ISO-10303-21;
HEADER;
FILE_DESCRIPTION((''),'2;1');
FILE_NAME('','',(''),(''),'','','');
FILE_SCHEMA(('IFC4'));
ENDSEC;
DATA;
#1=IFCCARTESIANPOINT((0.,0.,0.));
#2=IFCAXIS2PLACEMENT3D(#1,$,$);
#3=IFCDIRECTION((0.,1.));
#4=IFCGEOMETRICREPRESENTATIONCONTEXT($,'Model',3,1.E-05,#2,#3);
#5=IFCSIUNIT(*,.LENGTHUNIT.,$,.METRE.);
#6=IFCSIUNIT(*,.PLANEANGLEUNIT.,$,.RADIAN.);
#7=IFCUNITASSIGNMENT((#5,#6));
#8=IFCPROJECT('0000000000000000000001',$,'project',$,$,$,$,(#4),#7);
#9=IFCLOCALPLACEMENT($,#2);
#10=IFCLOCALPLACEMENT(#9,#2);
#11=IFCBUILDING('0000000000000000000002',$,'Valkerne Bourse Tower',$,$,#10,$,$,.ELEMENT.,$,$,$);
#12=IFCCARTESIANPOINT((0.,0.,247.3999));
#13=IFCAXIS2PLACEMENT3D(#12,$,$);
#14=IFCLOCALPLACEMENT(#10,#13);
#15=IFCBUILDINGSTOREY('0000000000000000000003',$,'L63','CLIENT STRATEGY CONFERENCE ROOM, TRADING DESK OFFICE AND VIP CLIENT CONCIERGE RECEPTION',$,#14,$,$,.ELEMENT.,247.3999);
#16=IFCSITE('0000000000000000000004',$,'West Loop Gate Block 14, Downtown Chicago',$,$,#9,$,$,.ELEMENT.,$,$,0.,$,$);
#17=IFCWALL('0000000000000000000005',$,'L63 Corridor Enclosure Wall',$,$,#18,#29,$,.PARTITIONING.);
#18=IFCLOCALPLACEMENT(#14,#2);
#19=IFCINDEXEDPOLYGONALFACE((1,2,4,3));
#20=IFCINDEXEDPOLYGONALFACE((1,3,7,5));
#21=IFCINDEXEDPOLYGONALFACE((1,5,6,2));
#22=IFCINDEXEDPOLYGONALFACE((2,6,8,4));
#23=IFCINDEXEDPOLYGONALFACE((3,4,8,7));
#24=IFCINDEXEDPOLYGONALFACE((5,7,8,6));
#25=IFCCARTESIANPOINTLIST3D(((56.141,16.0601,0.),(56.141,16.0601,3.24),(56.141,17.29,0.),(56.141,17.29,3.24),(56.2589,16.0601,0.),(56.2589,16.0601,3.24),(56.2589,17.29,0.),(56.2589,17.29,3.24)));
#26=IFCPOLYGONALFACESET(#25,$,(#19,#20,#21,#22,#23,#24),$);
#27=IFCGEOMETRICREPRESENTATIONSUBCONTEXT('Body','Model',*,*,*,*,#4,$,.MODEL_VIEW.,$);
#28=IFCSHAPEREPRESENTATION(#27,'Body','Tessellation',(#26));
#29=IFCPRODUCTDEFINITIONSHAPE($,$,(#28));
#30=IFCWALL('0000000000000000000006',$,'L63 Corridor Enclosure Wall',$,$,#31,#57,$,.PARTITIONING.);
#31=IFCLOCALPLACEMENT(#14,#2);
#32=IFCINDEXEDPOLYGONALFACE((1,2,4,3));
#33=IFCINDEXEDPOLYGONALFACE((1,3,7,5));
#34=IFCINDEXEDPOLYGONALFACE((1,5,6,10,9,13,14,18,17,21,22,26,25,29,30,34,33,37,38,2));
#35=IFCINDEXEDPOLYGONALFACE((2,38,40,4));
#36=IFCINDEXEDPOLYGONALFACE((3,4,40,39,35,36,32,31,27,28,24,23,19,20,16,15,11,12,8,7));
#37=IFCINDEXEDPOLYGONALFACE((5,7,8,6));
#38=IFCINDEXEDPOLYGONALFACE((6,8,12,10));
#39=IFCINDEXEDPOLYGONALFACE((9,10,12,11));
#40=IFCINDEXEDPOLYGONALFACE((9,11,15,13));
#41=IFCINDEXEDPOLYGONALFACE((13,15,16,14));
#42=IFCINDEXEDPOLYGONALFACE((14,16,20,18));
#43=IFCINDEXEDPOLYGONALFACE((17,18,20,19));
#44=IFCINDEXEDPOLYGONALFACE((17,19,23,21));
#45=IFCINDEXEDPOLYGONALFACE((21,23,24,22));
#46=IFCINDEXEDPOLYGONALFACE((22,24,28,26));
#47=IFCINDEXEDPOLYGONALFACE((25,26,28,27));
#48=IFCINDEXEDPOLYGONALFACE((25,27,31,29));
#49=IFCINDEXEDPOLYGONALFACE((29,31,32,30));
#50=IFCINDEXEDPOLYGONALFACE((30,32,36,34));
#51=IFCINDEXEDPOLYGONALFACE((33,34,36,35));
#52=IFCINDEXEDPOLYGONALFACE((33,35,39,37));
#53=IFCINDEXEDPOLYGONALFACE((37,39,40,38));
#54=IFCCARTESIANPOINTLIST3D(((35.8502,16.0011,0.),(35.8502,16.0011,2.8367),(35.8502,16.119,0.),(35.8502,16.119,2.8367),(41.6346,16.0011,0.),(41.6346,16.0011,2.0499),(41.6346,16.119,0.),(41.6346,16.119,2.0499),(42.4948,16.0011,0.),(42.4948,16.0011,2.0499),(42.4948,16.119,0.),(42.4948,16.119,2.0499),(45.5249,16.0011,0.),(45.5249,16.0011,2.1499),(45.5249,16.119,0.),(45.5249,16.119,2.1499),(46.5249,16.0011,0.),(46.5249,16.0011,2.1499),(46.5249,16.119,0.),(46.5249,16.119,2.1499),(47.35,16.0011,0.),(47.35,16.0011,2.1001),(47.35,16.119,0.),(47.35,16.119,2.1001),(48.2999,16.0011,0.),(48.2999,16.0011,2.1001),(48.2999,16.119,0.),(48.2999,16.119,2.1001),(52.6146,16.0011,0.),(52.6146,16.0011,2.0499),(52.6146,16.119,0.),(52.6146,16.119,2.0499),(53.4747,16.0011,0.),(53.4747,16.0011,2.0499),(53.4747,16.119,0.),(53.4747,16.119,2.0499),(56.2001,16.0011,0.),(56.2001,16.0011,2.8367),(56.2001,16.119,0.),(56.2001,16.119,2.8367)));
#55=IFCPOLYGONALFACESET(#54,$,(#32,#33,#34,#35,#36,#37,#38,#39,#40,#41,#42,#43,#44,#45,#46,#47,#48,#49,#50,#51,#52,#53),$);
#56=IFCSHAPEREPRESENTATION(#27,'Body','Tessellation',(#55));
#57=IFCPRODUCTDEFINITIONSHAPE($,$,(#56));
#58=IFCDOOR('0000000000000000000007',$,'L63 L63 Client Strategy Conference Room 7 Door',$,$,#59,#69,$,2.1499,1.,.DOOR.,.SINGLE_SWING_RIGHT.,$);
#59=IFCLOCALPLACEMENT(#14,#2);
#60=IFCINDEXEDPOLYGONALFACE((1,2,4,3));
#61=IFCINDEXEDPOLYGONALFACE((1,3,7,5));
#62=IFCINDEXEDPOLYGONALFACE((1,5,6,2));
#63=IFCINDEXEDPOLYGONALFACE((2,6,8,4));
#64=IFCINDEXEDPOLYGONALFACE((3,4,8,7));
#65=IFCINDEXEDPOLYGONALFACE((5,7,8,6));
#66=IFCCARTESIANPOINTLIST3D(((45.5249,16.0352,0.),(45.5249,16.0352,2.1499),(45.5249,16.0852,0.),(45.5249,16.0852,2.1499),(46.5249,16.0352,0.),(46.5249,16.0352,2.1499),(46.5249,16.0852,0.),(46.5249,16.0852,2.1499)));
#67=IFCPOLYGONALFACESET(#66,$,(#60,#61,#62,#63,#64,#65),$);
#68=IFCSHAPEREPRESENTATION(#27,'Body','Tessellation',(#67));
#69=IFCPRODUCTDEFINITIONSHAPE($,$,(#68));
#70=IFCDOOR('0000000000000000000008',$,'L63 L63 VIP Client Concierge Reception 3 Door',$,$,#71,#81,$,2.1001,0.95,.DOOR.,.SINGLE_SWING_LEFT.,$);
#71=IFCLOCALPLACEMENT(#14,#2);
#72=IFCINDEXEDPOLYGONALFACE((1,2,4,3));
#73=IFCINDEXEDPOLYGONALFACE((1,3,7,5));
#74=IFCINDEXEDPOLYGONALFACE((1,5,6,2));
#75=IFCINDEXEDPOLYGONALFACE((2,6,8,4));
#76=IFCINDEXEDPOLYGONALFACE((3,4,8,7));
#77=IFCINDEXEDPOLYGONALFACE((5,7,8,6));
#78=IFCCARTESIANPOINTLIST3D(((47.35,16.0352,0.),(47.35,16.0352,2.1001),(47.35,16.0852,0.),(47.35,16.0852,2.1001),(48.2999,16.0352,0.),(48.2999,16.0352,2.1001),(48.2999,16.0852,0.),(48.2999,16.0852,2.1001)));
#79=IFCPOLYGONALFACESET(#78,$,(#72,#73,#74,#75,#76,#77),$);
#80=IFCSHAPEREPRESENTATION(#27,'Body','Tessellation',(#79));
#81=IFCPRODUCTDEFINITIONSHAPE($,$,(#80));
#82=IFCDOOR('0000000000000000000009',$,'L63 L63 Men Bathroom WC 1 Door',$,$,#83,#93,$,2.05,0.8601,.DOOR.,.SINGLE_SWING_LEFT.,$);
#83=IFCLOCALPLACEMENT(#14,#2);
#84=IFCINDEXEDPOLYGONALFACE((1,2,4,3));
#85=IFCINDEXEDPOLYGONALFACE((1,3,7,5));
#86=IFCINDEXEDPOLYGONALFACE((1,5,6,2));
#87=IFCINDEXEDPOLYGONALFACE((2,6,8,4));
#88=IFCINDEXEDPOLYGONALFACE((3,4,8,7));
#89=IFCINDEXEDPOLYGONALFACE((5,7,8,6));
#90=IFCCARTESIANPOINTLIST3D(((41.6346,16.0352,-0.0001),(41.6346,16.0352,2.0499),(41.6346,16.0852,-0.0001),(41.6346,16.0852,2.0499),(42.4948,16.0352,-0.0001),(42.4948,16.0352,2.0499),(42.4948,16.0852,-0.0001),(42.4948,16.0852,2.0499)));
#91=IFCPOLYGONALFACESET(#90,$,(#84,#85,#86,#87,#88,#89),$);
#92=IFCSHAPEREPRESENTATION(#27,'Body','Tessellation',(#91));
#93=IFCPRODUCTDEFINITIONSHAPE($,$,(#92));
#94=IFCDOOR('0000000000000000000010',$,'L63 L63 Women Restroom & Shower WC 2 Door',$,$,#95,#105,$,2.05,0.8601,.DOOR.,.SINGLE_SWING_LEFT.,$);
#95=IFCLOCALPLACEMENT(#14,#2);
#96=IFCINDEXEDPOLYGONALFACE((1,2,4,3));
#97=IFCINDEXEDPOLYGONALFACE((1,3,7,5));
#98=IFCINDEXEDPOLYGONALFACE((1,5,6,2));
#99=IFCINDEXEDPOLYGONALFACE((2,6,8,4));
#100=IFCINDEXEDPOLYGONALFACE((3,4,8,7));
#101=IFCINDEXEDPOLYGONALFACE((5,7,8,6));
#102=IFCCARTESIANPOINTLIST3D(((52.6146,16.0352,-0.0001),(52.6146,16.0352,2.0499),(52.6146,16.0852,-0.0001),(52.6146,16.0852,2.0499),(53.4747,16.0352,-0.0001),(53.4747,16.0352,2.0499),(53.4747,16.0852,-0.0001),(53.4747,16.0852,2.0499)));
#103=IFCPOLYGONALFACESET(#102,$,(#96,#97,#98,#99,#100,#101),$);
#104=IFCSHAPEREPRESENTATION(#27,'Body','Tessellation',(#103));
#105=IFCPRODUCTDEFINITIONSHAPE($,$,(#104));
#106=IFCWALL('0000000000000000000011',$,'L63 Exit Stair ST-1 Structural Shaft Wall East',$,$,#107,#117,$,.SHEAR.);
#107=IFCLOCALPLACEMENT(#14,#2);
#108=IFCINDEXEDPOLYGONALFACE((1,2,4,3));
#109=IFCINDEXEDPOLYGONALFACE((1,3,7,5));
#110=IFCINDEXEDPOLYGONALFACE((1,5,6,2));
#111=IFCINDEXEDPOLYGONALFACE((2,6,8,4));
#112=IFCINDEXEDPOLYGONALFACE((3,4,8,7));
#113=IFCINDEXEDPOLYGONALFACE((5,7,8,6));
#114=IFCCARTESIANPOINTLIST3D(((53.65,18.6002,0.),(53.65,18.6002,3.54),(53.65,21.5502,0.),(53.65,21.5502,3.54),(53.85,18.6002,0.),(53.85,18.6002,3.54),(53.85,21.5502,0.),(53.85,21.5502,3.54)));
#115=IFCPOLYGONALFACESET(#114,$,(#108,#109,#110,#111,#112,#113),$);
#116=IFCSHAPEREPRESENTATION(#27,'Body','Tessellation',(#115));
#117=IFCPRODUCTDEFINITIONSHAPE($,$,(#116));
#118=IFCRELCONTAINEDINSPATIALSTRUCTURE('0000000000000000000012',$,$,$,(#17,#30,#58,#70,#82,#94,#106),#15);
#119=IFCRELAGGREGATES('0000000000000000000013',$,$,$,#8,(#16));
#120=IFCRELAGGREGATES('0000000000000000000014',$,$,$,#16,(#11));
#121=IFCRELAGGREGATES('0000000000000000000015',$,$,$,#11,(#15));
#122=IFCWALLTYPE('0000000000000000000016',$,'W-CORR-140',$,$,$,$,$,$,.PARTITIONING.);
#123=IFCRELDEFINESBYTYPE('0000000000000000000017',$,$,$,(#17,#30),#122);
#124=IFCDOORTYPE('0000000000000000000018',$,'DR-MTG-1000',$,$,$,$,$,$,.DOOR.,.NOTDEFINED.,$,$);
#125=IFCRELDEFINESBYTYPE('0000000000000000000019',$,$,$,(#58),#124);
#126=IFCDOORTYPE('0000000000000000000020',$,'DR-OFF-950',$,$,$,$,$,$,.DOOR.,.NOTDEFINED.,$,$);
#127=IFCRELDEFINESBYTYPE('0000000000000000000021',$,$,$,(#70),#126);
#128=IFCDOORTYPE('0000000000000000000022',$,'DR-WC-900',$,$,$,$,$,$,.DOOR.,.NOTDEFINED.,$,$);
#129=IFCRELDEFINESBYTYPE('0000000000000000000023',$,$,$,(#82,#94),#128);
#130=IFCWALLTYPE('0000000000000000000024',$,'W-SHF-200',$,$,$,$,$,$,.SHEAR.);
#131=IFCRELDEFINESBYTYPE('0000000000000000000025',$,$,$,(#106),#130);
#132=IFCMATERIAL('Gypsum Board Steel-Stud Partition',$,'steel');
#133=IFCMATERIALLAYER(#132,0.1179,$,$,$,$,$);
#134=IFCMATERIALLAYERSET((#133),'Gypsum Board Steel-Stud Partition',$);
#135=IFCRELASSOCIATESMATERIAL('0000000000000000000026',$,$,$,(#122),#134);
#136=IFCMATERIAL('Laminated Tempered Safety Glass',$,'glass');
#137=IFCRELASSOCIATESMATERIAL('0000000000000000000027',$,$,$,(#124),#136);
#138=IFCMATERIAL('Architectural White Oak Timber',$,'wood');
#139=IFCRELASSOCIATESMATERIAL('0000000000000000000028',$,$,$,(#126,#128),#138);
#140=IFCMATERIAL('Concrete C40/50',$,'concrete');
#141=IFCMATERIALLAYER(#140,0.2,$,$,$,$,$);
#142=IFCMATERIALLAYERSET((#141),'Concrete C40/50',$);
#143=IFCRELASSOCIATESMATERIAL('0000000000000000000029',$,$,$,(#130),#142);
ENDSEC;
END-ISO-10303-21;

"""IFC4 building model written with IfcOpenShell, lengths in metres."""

from ifc_helpers import new_model, si_unit, direction, frame, frame_2d, origin, place, context, subcontext, project, spatial, rectangle, extrude, material, layer, layer_set, type_object, element, fill, save


model = new_model("IFC4")

# Units and contexts
model_context = context("Model", 3, precision=1e-05, world=origin(), true_north=direction((0.0, 1.0)))
body_context = subcontext(model_context, "Body", "Model", "MODEL_VIEW")
ifc_project = project(units=[si_unit("LENGTHUNIT", "METRE"), si_unit("PLANEANGLEUNIT", "RADIAN")], contexts=[model_context])

# Site, building, storey
site_placement = place(None, origin())
site = spatial("IfcSite", under=ifc_project, at=site_placement, Name="West Loop Gate Block 14, Downtown Chicago", CompositionType="ELEMENT", RefElevation=0.0)
building_placement = place(site_placement, origin())
building = spatial("IfcBuilding", under=site, at=building_placement, Name="Valkerne Bourse Tower", CompositionType="ELEMENT")
storey_placement = place(building_placement, frame((0.0, 0.0, 247.3999)))
storey = spatial("IfcBuildingStorey", under=building, at=storey_placement, Name="L63", Description="CLIENT STRATEGY CONFERENCE ROOM, TRADING DESK OFFICE AND VIP CLIENT CONCIERGE RECEPTION", CompositionType="ELEMENT", Elevation=247.3999)

# Wall
ifc_material_1 = material(Name="Gypsum Board Steel-Stud Partition", Category="steel")
ifc_layer_1 = layer(ifc_material_1, 0.1179)
ifc_layer_set_1 = layer_set([ifc_layer_1], Name="Gypsum Board Steel-Stud Partition")
wall_type_1 = type_object("IfcWallType", Name="W-CORR-140", PredefinedType="PARTITIONING", material=ifc_layer_set_1)
wall_1_placement = place(storey_placement, frame((56.2, 17.29, 0.0), z_axis=(0.0, 0.0, 1.0), x_axis=(0.0, -1.0, 0.0)))
element("IfcWall", 1, at=wall_1_placement, inside=storey, type_object=wall_type_1, Name="L63 Corridor Enclosure Wall", PredefinedType="PARTITIONING", context=body_context, shape_type="SweptSolid", body=[
    extrude(rectangle(XDim=1.23, YDim=0.1179, at=frame_2d((0.615, 0.0))), origin(), (0.0, 0.0, 1.0), 3.24),
])

# Wall, openings, doors
wall_2_placement = place(storey_placement, frame((56.2, 16.0601, 0.0), z_axis=(0.0, 0.0, 1.0), x_axis=(-1.0, 0.0, 0.0)))
wall_2 = element("IfcWall", 2, at=wall_2_placement, inside=storey, type_object=wall_type_1, Name="L63 Corridor Enclosure Wall", PredefinedType="PARTITIONING", context=body_context, shape_type="SweptSolid", body=[
    extrude(rectangle(XDim=20.3499, YDim=0.1179, at=frame_2d((10.1748, 0.0))), origin(), (0.0, 0.0, 1.0), 2.8367),
])
opening_1_placement = place(wall_2_placement, frame((13.7051, 0.0, 0.0)))
opening_1 = element("IfcOpeningElement", 3, at=opening_1_placement, cuts=wall_2, PredefinedType="OPENING", context=body_context, shape_type="SweptSolid", body=[
    extrude(rectangle(XDim=0.8601, YDim=2.05, at=frame_2d((0.4302, 1.0249))), frame((0.0, 0.0688, 0.0), z_axis=(0.0, -1.0, 0.0), x_axis=(1.0, 0.0, 0.0)), (0.0, 0.0, 1.0), 0.1379),
])
opening_2_placement = place(wall_2_placement, frame((2.7251, 0.0, 0.0)))
opening_2 = element("IfcOpeningElement", 4, at=opening_2_placement, cuts=wall_2, PredefinedType="OPENING", context=body_context, shape_type="SweptSolid", body=[
    extrude(rectangle(XDim=0.8601, YDim=2.05, at=frame_2d((0.4302, 1.0249))), frame((0.0, 0.0688, 0.0), z_axis=(0.0, -1.0, 0.0), x_axis=(1.0, 0.0, 0.0)), (0.0, 0.0, 1.0), 0.1379),
])
opening_3_placement = place(wall_2_placement, frame((7.8999, 0.0, 0.0)))
opening_3 = element("IfcOpeningElement", 5, at=opening_3_placement, cuts=wall_2, PredefinedType="OPENING", context=body_context, shape_type="SweptSolid", body=[
    extrude(rectangle(XDim=0.95, YDim=2.1001, at=frame_2d((0.4751, 1.05))), frame((0.0, 0.0688, 0.0), z_axis=(0.0, -1.0, 0.0), x_axis=(1.0, 0.0, 0.0)), (0.0, 0.0, 1.0), 0.1379),
])
opening_4_placement = place(wall_2_placement, frame((9.675, 0.0, 0.0)))
opening_4 = element("IfcOpeningElement", 6, at=opening_4_placement, cuts=wall_2, PredefinedType="OPENING", context=body_context, shape_type="SweptSolid", body=[
    extrude(rectangle(XDim=1.0, YDim=2.1499, at=frame_2d((0.5, 1.075))), frame((0.0, 0.0688, 0.0), z_axis=(0.0, -1.0, 0.0), x_axis=(1.0, 0.0, 0.0)), (0.0, 0.0, 1.0), 0.1379),
])
ifc_material_2 = material(Name="Laminated Tempered Safety Glass", Category="glass")
door_type_1 = type_object("IfcDoorType", Name="DR-MTG-1000", OperationType="NOTDEFINED", PredefinedType="DOOR", material=ifc_material_2)
door_1_placement = place(opening_4_placement, origin())
door_1 = element("IfcDoor", 7, at=door_1_placement, inside=storey, type_object=door_type_1, Name="L63 L63 Client Strategy Conference Room 7 Door", OperationType="SINGLE_SWING_RIGHT", OverallHeight=2.1499, OverallWidth=1.0, PredefinedType="DOOR", context=body_context, shape_type="SweptSolid", body=[
    extrude(rectangle(XDim=1.0, YDim=2.1499, at=frame_2d((0.5, 1.075))), frame((0.0, 0.0249, 0.0), z_axis=(0.0, -1.0, 0.0), x_axis=(1.0, 0.0, 0.0)), (0.0, 0.0, 1.0), 0.05),
])
fill(opening_4, door_1)
ifc_material_3 = material(Name="Architectural White Oak Timber", Category="wood")
door_type_2 = type_object("IfcDoorType", Name="DR-OFF-950", OperationType="NOTDEFINED", PredefinedType="DOOR", material=ifc_material_3)
door_2_placement = place(opening_3_placement, origin())
door_2 = element("IfcDoor", 8, at=door_2_placement, inside=storey, type_object=door_type_2, Name="L63 L63 VIP Client Concierge Reception 3 Door", OperationType="SINGLE_SWING_LEFT", OverallHeight=2.1001, OverallWidth=0.95, PredefinedType="DOOR", context=body_context, shape_type="SweptSolid", body=[
    extrude(rectangle(XDim=0.95, YDim=2.1001, at=frame_2d((0.4751, 1.05))), frame((0.0, 0.0249, 0.0), z_axis=(0.0, -1.0, 0.0), x_axis=(1.0, 0.0, 0.0)), (0.0, 0.0, 1.0), 0.05),
])
fill(opening_3, door_2)
door_type_3 = type_object("IfcDoorType", Name="DR-WC-900", OperationType="NOTDEFINED", PredefinedType="DOOR", material=ifc_material_3)
door_3_placement = place(opening_1_placement, origin())
door_3 = element("IfcDoor", 9, at=door_3_placement, inside=storey, type_object=door_type_3, Name="L63 L63 Men Bathroom WC 1 Door", OperationType="SINGLE_SWING_LEFT", OverallHeight=2.05, OverallWidth=0.8601, PredefinedType="DOOR", context=body_context, shape_type="SweptSolid", body=[
    extrude(rectangle(XDim=0.8601, YDim=2.05, at=frame_2d((0.4302, 1.0249))), frame((0.0, 0.0249, 0.0), z_axis=(0.0, -1.0, 0.0), x_axis=(1.0, 0.0, 0.0)), (0.0, 0.0, 1.0), 0.05),
])
fill(opening_1, door_3)
door_4_placement = place(opening_2_placement, origin())
door_4 = element("IfcDoor", 10, at=door_4_placement, inside=storey, type_object=door_type_3, Name="L63 L63 Women Restroom & Shower WC 2 Door", OperationType="SINGLE_SWING_LEFT", OverallHeight=2.05, OverallWidth=0.8601, PredefinedType="DOOR", context=body_context, shape_type="SweptSolid", body=[
    extrude(rectangle(XDim=0.8601, YDim=2.05, at=frame_2d((0.4302, 1.0249))), frame((0.0, 0.0249, 0.0), z_axis=(0.0, -1.0, 0.0), x_axis=(1.0, 0.0, 0.0)), (0.0, 0.0, 1.0), 0.05),
])
fill(opening_2, door_4)

# Wall
ifc_material_4 = material(Name="Concrete C40/50", Category="concrete")
ifc_layer_2 = layer(ifc_material_4, 0.2)
ifc_layer_set_2 = layer_set([ifc_layer_2], Name="Concrete C40/50")
wall_type_2 = type_object("IfcWallType", Name="W-SHF-200", PredefinedType="SHEAR", material=ifc_layer_set_2)
wall_3_placement = place(storey_placement, frame((53.75, 18.6001, 0.0), z_axis=(0.0, 0.0, 1.0), x_axis=(0.0, 1.0, 0.0)))
element("IfcWall", 11, at=wall_3_placement, inside=storey, type_object=wall_type_2, Name="L63 Exit Stair ST-1 Structural Shaft Wall East", PredefinedType="SHEAR", context=body_context, shape_type="SweptSolid", body=[
    extrude(rectangle(XDim=2.95, YDim=0.2, at=frame_2d((1.4751, 0.0))), origin(), (0.0, 0.0, 1.0), 3.54),
])

save(model, "model.ifc")
